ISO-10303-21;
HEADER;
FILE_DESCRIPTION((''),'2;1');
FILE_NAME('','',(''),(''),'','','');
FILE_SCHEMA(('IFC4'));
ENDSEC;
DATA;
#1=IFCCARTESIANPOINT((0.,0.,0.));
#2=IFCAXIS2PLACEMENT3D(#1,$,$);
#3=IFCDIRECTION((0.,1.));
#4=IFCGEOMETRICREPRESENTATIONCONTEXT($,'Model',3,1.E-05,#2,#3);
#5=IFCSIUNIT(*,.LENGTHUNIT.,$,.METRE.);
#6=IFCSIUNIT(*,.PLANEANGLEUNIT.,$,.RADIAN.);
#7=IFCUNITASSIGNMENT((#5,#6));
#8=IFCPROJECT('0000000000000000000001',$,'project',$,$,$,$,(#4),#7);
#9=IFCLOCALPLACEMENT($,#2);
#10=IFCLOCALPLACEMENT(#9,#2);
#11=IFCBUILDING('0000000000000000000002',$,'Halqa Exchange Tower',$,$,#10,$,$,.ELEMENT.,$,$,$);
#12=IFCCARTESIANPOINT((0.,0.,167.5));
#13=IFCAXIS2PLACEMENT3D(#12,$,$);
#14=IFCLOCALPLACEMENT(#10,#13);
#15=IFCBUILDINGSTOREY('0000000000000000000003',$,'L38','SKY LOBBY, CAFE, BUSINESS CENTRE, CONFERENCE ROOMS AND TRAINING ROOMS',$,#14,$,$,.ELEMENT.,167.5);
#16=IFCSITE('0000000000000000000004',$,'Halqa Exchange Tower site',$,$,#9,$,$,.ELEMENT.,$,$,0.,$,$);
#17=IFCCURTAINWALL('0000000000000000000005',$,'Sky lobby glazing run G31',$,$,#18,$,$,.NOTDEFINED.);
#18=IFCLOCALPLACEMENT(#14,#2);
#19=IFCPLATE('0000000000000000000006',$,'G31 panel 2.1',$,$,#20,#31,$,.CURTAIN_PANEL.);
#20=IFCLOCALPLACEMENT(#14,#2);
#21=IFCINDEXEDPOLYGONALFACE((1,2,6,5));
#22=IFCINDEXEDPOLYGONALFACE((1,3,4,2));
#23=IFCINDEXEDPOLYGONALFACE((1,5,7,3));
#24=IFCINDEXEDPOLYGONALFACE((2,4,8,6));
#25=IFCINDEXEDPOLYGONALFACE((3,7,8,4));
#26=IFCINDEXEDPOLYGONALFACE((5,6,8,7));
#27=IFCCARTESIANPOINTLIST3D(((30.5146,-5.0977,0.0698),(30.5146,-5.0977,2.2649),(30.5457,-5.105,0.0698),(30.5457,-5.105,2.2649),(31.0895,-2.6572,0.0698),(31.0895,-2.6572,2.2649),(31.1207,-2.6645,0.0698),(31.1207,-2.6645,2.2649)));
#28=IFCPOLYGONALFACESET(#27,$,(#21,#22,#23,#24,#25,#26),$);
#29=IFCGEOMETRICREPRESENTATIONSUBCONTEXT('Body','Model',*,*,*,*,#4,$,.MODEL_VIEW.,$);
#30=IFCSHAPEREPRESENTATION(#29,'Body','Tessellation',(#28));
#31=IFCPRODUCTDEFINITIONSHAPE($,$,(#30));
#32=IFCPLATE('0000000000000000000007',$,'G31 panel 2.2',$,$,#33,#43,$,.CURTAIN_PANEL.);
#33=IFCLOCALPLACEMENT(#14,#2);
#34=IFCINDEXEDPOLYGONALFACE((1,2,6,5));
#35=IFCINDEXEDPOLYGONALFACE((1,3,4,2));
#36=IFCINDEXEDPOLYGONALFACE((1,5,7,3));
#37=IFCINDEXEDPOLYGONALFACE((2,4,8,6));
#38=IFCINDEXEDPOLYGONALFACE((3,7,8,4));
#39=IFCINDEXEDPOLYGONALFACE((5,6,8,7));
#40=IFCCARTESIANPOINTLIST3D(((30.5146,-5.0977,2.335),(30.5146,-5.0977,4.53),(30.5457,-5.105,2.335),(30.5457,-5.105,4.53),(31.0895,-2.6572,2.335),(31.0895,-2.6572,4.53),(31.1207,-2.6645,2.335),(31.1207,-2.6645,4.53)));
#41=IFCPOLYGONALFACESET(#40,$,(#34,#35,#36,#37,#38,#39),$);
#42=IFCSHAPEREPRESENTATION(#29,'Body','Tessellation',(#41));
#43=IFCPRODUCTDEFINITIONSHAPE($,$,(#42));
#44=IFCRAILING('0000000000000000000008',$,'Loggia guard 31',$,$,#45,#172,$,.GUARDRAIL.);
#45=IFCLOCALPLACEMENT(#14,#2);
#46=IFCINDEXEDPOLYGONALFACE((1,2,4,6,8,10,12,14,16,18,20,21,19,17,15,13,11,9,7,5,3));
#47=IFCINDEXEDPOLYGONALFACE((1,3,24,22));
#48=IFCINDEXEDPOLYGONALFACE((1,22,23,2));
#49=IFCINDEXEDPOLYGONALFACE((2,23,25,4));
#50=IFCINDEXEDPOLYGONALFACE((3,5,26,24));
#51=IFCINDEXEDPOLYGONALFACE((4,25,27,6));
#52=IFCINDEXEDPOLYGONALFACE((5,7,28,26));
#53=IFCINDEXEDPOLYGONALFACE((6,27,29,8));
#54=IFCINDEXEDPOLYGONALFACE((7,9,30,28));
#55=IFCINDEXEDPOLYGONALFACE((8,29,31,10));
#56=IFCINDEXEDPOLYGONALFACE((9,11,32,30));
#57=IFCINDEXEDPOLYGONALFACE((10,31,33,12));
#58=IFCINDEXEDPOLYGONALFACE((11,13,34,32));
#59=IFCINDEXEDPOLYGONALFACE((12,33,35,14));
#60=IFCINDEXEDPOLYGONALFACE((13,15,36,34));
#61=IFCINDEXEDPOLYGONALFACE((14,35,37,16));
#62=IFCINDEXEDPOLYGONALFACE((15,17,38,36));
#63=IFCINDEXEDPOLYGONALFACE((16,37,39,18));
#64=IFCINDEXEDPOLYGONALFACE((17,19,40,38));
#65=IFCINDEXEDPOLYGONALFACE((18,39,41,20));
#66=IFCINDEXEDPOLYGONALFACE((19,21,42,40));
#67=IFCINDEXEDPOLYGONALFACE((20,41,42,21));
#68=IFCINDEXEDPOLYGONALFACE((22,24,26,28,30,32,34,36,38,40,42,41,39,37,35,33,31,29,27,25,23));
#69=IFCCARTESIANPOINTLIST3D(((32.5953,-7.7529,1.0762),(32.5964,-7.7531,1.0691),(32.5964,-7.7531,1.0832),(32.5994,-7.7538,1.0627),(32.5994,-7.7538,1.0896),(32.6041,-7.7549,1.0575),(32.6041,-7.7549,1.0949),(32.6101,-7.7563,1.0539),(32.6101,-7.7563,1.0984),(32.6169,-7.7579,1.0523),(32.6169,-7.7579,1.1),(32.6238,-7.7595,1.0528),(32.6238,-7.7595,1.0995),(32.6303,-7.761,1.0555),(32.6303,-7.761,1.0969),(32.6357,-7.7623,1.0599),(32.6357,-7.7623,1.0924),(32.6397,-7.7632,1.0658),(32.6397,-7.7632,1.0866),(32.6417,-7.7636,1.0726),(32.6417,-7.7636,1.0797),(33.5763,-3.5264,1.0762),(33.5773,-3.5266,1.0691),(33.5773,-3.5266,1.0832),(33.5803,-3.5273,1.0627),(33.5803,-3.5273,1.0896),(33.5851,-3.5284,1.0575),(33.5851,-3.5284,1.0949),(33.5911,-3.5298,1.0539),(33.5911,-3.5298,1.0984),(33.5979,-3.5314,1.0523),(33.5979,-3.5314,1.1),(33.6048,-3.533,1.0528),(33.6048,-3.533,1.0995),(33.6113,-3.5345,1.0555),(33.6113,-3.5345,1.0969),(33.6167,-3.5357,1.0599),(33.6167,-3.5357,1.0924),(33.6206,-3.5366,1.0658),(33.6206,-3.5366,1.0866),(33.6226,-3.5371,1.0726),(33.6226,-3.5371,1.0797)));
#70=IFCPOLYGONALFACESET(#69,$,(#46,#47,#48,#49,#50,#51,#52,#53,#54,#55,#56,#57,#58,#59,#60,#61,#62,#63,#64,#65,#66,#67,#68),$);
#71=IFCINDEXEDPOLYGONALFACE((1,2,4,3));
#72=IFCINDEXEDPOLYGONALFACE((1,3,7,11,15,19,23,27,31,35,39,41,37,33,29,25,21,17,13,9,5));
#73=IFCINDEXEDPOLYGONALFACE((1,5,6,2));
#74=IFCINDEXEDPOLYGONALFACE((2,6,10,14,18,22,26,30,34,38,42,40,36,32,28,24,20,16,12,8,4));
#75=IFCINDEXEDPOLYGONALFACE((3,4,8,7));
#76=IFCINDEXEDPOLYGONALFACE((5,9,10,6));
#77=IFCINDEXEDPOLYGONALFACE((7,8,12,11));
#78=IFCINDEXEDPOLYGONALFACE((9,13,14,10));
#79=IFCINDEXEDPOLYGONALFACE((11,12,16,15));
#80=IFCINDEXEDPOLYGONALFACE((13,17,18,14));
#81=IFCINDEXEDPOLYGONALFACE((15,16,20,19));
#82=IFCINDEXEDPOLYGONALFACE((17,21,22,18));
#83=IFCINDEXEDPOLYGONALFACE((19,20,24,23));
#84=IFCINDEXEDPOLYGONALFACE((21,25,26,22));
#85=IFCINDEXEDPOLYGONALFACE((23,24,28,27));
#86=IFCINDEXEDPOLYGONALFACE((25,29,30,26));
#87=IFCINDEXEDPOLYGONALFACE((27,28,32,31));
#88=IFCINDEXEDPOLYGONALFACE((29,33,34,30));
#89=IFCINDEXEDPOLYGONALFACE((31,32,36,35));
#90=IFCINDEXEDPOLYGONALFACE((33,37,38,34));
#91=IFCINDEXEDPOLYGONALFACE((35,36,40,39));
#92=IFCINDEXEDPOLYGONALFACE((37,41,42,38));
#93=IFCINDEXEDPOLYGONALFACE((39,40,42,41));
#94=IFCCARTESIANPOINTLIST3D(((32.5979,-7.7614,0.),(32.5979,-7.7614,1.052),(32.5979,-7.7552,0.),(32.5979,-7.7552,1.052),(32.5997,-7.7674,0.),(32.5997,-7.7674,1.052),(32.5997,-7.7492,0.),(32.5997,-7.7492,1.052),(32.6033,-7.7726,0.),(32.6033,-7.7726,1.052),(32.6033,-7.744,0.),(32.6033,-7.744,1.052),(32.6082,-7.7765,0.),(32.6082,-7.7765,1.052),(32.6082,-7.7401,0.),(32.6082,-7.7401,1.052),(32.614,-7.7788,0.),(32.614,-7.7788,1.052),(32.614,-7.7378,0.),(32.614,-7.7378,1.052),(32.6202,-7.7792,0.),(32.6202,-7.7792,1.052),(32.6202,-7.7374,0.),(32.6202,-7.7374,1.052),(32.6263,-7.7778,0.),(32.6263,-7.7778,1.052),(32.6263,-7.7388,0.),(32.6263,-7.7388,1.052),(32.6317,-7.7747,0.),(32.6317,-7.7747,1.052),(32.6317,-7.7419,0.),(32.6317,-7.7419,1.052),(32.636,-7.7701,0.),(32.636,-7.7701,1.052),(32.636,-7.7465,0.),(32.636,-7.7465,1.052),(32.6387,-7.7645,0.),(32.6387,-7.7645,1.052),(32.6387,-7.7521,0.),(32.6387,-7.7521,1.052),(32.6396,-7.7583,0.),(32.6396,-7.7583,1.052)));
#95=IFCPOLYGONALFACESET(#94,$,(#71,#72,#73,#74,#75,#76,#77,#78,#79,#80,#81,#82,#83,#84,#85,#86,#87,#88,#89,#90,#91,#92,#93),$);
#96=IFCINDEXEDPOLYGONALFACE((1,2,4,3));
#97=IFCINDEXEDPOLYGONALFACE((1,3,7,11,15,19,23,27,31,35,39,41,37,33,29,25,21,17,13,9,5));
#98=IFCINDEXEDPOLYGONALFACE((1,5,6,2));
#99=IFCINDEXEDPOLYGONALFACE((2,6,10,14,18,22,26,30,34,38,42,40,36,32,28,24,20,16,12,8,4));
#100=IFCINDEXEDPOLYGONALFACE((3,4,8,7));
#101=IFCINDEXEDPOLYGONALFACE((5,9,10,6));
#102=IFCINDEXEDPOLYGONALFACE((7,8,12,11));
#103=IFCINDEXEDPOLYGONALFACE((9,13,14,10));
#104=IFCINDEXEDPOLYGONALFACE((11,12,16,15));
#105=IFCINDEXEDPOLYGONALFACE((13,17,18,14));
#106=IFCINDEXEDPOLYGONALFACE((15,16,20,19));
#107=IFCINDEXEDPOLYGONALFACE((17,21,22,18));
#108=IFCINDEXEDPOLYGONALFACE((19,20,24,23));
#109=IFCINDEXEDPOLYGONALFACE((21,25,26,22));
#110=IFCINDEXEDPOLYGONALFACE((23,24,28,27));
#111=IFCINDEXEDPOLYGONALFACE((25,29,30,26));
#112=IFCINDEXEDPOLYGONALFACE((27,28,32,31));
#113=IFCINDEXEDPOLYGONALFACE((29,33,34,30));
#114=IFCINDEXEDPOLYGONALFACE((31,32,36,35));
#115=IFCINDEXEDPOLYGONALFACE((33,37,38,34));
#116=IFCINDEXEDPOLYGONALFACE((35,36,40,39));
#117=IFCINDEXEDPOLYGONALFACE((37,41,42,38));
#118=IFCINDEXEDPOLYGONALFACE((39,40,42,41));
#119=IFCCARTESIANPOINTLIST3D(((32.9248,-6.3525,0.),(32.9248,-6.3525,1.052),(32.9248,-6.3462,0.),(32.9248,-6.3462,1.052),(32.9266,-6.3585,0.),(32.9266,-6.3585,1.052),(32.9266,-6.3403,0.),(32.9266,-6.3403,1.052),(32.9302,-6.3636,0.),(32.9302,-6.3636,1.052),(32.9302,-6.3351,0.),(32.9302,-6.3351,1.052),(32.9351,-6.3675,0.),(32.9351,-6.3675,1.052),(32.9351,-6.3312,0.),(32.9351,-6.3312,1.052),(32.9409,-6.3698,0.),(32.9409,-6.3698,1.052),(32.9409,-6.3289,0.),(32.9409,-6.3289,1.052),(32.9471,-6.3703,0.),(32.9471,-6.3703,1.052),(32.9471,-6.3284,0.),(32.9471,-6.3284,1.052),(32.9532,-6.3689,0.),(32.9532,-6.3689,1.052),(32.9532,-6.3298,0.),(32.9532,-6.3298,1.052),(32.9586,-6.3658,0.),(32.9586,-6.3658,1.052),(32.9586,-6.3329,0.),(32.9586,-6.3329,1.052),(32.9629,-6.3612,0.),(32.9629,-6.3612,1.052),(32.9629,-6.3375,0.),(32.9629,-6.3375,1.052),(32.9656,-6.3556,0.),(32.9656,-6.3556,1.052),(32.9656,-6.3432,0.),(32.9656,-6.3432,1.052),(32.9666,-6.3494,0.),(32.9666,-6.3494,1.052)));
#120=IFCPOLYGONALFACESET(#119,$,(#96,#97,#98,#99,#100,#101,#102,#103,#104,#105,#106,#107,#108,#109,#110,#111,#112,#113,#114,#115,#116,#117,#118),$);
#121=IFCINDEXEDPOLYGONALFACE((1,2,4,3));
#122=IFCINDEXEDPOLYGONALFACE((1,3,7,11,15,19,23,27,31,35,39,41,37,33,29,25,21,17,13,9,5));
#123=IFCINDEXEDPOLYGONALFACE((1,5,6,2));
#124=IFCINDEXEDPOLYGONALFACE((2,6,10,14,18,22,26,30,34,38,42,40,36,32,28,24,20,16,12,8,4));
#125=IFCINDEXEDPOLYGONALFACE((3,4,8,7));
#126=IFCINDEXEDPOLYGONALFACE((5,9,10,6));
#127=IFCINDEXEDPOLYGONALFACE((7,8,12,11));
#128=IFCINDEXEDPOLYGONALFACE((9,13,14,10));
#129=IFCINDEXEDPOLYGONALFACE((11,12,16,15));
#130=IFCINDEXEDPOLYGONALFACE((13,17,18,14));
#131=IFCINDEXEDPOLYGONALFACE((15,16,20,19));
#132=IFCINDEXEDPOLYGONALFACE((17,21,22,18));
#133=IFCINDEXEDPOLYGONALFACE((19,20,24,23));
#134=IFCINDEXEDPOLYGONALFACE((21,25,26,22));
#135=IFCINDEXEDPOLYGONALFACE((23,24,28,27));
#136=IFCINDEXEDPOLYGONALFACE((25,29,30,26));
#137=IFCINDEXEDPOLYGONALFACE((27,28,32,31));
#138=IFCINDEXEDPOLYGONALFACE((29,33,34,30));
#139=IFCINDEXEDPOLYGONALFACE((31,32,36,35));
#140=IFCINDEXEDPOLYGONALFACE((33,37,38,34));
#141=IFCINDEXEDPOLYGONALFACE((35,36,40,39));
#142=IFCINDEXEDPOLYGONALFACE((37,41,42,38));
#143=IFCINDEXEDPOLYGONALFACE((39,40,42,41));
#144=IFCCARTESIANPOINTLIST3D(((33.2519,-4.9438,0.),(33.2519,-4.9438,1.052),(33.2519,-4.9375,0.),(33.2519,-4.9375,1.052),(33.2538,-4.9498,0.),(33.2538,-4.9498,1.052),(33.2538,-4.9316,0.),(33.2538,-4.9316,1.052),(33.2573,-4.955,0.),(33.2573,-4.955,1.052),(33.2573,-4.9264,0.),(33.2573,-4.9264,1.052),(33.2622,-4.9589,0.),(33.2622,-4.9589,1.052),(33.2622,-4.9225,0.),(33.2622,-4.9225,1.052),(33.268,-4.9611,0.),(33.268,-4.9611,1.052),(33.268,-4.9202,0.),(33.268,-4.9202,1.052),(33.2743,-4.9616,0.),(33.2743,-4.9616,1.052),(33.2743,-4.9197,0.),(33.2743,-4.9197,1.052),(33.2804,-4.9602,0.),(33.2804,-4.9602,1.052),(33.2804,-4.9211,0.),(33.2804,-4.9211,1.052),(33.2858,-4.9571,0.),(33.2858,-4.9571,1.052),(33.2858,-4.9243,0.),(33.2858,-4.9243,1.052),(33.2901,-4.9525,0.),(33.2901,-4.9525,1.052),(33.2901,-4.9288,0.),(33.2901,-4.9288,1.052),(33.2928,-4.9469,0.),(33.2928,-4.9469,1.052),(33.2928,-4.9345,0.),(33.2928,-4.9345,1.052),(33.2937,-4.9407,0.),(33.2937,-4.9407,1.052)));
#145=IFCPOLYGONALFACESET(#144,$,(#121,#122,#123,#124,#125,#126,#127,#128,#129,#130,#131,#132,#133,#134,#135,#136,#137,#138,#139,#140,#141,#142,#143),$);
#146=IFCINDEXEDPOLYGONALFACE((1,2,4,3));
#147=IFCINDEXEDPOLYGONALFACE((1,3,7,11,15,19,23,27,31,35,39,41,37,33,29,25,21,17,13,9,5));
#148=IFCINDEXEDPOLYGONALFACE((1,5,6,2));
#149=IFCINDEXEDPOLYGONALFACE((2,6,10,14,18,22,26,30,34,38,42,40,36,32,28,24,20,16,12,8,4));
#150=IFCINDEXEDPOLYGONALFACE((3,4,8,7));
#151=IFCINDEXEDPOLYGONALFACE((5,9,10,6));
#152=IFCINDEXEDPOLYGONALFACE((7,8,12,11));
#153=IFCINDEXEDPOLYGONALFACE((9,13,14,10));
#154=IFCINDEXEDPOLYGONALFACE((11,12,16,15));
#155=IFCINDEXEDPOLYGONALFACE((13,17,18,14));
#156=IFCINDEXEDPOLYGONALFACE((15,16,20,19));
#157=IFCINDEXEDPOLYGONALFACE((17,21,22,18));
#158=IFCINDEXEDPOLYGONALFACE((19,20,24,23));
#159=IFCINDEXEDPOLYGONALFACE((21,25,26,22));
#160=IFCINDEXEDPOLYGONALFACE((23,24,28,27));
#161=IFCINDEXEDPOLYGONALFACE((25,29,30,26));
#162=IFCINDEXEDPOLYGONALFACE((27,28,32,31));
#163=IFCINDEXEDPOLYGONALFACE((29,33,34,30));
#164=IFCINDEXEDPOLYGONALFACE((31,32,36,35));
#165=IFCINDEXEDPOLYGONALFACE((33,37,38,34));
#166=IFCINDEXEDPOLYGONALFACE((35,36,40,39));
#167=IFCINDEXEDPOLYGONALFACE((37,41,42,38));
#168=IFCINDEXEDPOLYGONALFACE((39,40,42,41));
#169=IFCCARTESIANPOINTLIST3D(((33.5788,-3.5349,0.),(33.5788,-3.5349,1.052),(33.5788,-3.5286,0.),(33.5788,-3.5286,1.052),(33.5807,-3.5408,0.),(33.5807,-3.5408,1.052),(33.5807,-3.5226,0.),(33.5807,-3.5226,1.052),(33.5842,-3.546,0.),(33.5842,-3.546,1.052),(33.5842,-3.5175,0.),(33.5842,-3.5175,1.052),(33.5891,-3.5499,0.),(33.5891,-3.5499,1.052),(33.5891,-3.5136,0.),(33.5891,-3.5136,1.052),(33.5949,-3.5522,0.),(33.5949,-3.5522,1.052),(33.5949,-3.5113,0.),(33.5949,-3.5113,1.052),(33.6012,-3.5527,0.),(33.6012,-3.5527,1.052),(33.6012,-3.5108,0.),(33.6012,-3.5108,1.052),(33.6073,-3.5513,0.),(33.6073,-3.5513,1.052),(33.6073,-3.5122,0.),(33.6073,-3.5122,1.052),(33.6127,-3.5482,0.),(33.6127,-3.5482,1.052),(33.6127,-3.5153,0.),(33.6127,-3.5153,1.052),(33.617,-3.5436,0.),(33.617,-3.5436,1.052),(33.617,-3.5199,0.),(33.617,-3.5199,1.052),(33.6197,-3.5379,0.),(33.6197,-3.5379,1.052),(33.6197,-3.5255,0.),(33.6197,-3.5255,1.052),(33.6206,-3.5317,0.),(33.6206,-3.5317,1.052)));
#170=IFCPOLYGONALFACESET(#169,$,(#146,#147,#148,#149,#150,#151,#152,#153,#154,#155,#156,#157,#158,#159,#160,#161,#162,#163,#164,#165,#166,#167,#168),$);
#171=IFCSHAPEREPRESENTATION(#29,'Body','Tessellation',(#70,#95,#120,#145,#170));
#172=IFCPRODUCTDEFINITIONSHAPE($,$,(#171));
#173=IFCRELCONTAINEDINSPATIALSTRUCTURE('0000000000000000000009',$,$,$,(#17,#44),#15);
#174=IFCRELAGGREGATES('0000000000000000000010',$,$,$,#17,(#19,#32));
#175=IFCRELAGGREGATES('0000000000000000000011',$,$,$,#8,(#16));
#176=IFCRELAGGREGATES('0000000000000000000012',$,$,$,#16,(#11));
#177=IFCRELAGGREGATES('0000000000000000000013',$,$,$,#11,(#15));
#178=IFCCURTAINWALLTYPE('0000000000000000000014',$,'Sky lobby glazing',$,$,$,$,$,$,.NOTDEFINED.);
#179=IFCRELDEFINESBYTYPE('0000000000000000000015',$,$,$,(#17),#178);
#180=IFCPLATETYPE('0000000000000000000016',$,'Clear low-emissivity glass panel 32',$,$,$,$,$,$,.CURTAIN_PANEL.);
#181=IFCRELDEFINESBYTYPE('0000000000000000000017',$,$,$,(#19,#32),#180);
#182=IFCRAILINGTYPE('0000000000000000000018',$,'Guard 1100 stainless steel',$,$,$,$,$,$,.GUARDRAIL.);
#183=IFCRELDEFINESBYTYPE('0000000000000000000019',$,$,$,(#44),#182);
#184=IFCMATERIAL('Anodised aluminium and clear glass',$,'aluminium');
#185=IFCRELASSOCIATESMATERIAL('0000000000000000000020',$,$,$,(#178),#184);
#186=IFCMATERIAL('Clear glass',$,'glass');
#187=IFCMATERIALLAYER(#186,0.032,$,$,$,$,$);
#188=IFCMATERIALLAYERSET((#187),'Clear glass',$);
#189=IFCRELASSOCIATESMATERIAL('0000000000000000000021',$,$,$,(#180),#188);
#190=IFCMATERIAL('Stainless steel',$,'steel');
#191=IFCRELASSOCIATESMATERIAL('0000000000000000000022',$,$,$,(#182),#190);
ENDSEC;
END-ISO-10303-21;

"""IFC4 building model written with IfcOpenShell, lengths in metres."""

from ifc_helpers import new_model, si_unit, direction, frame, origin, origin_2d, place, context, subcontext, project, spatial, rectangle, circle, extrude, material, layer, layer_set, type_object, element, aggregate, save


model = new_model("IFC4")

# Units and contexts
model_context = context("Model", 3, precision=1e-05, world=origin(), true_north=direction((0.0, 1.0)))
body_context = subcontext(model_context, "Body", "Model", "MODEL_VIEW")
ifc_project = project(units=[si_unit("LENGTHUNIT", "METRE"), si_unit("PLANEANGLEUNIT", "RADIAN")], contexts=[model_context])

# Site, building, storey
site_placement = place(None, origin())
site = spatial("IfcSite", under=ifc_project, at=site_placement, Name="Halqa Exchange Tower site", CompositionType="ELEMENT", RefElevation=0.0)
building_placement = place(site_placement, origin())
building = spatial("IfcBuilding", under=site, at=building_placement, Name="Halqa Exchange Tower", CompositionType="ELEMENT")
storey_placement = place(building_placement, frame((0.0, 0.0, 167.5)))
storey = spatial("IfcBuildingStorey", under=building, at=storey_placement, Name="L38", Description="SKY LOBBY, CAFE, BUSINESS CENTRE, CONFERENCE ROOMS AND TRAINING ROOMS", CompositionType="ELEMENT", Elevation=167.5)

# Curtain wall, plates
ifc_material_1 = material(Name="Anodised aluminium and clear glass", Category="aluminium")
curtain_wall_type = type_object("IfcCurtainWallType", Name="Sky lobby glazing", PredefinedType="NOTDEFINED", material=ifc_material_1)
curtain_wall_placement = place(storey_placement, origin())
curtain_wall = element("IfcCurtainWall", 1, at=curtain_wall_placement, inside=storey, type_object=curtain_wall_type, Name="Sky lobby glazing run G31", PredefinedType="NOTDEFINED")
ifc_material_2 = material(Name="Clear glass", Category="glass")
ifc_layer_1 = layer(ifc_material_2, 0.032)
ifc_layer_set_1 = layer_set([ifc_layer_1], Name="Clear glass")
plate_type = type_object("IfcPlateType", Name="Clear low-emissivity glass panel 32", PredefinedType="CURTAIN_PANEL", material=ifc_layer_set_1)
plate_1_placement = place(storey_placement, frame((30.8176, -3.8811, 0.0698), z_axis=(0.0, 0.0, 1.0), x_axis=(0.229318, 0.973352, 0.0)))
plate_1 = element("IfcPlate", 2, at=plate_1_placement, type_object=plate_type, Name="G31 panel 2.1", PredefinedType="CURTAIN_PANEL", context=body_context, shape_type="SweptSolid", body=[
    extrude(rectangle(XDim=2.5073, YDim=0.032, at=origin_2d()), origin(), (0.0, 0.0, 1.0), 2.1951),
])
plate_2_placement = place(storey_placement, frame((30.8176, -3.8811, 2.335), z_axis=(0.0, 0.0, 1.0), x_axis=(0.229318, 0.973352, 0.0)))
plate_2 = element("IfcPlate", 3, at=plate_2_placement, type_object=plate_type, Name="G31 panel 2.2", PredefinedType="CURTAIN_PANEL", context=body_context, shape_type="SweptSolid", body=[
    extrude(rectangle(XDim=2.5073, YDim=0.032, at=origin_2d()), origin(), (0.0, 0.0, 1.0), 2.1951),
])
aggregate(curtain_wall, [plate_1, plate_2])

# Railing
ifc_material_3 = material(Name="Stainless steel", Category="steel")
railing_type = type_object("IfcRailingType", Name="Guard 1100 stainless steel", PredefinedType="GUARDRAIL", material=ifc_material_3)
railing_1_placement = place(storey_placement, frame((32.6187, -7.7583, 0.0)))
element("IfcRailing", 4, at=railing_1_placement, inside=storey, type_object=railing_type, Name="Loggia guard 31", PredefinedType="GUARDRAIL", context=body_context, shape_type="SweptSolid", body=[
    extrude(circle(Radius=0.0239, at=origin_2d()), frame((0.0, 0.0, 1.0762), z_axis=(0.226084, 0.974108, 0.0), x_axis=(-0.974108, 0.226084, 0.0)), (0.0, 0.0, 1.0), 4.3389),
    extrude(circle(Radius=0.021, at=origin_2d()), origin(), (0.0, 0.0, 1.0), 1.052),
    extrude(circle(Radius=0.021, at=origin_2d()), frame((0.3269, 1.4089, 0.0)), (0.0, 0.0, 1.0), 1.052),
    extrude(circle(Radius=0.021, at=origin_2d()), frame((0.6541, 2.8176, 0.0)), (0.0, 0.0, 1.0), 1.052),
    extrude(circle(Radius=0.021, at=origin_2d()), frame((0.981, 4.2266, 0.0)), (0.0, 0.0, 1.0), 1.052),
])

save(model, "model.ifc")
